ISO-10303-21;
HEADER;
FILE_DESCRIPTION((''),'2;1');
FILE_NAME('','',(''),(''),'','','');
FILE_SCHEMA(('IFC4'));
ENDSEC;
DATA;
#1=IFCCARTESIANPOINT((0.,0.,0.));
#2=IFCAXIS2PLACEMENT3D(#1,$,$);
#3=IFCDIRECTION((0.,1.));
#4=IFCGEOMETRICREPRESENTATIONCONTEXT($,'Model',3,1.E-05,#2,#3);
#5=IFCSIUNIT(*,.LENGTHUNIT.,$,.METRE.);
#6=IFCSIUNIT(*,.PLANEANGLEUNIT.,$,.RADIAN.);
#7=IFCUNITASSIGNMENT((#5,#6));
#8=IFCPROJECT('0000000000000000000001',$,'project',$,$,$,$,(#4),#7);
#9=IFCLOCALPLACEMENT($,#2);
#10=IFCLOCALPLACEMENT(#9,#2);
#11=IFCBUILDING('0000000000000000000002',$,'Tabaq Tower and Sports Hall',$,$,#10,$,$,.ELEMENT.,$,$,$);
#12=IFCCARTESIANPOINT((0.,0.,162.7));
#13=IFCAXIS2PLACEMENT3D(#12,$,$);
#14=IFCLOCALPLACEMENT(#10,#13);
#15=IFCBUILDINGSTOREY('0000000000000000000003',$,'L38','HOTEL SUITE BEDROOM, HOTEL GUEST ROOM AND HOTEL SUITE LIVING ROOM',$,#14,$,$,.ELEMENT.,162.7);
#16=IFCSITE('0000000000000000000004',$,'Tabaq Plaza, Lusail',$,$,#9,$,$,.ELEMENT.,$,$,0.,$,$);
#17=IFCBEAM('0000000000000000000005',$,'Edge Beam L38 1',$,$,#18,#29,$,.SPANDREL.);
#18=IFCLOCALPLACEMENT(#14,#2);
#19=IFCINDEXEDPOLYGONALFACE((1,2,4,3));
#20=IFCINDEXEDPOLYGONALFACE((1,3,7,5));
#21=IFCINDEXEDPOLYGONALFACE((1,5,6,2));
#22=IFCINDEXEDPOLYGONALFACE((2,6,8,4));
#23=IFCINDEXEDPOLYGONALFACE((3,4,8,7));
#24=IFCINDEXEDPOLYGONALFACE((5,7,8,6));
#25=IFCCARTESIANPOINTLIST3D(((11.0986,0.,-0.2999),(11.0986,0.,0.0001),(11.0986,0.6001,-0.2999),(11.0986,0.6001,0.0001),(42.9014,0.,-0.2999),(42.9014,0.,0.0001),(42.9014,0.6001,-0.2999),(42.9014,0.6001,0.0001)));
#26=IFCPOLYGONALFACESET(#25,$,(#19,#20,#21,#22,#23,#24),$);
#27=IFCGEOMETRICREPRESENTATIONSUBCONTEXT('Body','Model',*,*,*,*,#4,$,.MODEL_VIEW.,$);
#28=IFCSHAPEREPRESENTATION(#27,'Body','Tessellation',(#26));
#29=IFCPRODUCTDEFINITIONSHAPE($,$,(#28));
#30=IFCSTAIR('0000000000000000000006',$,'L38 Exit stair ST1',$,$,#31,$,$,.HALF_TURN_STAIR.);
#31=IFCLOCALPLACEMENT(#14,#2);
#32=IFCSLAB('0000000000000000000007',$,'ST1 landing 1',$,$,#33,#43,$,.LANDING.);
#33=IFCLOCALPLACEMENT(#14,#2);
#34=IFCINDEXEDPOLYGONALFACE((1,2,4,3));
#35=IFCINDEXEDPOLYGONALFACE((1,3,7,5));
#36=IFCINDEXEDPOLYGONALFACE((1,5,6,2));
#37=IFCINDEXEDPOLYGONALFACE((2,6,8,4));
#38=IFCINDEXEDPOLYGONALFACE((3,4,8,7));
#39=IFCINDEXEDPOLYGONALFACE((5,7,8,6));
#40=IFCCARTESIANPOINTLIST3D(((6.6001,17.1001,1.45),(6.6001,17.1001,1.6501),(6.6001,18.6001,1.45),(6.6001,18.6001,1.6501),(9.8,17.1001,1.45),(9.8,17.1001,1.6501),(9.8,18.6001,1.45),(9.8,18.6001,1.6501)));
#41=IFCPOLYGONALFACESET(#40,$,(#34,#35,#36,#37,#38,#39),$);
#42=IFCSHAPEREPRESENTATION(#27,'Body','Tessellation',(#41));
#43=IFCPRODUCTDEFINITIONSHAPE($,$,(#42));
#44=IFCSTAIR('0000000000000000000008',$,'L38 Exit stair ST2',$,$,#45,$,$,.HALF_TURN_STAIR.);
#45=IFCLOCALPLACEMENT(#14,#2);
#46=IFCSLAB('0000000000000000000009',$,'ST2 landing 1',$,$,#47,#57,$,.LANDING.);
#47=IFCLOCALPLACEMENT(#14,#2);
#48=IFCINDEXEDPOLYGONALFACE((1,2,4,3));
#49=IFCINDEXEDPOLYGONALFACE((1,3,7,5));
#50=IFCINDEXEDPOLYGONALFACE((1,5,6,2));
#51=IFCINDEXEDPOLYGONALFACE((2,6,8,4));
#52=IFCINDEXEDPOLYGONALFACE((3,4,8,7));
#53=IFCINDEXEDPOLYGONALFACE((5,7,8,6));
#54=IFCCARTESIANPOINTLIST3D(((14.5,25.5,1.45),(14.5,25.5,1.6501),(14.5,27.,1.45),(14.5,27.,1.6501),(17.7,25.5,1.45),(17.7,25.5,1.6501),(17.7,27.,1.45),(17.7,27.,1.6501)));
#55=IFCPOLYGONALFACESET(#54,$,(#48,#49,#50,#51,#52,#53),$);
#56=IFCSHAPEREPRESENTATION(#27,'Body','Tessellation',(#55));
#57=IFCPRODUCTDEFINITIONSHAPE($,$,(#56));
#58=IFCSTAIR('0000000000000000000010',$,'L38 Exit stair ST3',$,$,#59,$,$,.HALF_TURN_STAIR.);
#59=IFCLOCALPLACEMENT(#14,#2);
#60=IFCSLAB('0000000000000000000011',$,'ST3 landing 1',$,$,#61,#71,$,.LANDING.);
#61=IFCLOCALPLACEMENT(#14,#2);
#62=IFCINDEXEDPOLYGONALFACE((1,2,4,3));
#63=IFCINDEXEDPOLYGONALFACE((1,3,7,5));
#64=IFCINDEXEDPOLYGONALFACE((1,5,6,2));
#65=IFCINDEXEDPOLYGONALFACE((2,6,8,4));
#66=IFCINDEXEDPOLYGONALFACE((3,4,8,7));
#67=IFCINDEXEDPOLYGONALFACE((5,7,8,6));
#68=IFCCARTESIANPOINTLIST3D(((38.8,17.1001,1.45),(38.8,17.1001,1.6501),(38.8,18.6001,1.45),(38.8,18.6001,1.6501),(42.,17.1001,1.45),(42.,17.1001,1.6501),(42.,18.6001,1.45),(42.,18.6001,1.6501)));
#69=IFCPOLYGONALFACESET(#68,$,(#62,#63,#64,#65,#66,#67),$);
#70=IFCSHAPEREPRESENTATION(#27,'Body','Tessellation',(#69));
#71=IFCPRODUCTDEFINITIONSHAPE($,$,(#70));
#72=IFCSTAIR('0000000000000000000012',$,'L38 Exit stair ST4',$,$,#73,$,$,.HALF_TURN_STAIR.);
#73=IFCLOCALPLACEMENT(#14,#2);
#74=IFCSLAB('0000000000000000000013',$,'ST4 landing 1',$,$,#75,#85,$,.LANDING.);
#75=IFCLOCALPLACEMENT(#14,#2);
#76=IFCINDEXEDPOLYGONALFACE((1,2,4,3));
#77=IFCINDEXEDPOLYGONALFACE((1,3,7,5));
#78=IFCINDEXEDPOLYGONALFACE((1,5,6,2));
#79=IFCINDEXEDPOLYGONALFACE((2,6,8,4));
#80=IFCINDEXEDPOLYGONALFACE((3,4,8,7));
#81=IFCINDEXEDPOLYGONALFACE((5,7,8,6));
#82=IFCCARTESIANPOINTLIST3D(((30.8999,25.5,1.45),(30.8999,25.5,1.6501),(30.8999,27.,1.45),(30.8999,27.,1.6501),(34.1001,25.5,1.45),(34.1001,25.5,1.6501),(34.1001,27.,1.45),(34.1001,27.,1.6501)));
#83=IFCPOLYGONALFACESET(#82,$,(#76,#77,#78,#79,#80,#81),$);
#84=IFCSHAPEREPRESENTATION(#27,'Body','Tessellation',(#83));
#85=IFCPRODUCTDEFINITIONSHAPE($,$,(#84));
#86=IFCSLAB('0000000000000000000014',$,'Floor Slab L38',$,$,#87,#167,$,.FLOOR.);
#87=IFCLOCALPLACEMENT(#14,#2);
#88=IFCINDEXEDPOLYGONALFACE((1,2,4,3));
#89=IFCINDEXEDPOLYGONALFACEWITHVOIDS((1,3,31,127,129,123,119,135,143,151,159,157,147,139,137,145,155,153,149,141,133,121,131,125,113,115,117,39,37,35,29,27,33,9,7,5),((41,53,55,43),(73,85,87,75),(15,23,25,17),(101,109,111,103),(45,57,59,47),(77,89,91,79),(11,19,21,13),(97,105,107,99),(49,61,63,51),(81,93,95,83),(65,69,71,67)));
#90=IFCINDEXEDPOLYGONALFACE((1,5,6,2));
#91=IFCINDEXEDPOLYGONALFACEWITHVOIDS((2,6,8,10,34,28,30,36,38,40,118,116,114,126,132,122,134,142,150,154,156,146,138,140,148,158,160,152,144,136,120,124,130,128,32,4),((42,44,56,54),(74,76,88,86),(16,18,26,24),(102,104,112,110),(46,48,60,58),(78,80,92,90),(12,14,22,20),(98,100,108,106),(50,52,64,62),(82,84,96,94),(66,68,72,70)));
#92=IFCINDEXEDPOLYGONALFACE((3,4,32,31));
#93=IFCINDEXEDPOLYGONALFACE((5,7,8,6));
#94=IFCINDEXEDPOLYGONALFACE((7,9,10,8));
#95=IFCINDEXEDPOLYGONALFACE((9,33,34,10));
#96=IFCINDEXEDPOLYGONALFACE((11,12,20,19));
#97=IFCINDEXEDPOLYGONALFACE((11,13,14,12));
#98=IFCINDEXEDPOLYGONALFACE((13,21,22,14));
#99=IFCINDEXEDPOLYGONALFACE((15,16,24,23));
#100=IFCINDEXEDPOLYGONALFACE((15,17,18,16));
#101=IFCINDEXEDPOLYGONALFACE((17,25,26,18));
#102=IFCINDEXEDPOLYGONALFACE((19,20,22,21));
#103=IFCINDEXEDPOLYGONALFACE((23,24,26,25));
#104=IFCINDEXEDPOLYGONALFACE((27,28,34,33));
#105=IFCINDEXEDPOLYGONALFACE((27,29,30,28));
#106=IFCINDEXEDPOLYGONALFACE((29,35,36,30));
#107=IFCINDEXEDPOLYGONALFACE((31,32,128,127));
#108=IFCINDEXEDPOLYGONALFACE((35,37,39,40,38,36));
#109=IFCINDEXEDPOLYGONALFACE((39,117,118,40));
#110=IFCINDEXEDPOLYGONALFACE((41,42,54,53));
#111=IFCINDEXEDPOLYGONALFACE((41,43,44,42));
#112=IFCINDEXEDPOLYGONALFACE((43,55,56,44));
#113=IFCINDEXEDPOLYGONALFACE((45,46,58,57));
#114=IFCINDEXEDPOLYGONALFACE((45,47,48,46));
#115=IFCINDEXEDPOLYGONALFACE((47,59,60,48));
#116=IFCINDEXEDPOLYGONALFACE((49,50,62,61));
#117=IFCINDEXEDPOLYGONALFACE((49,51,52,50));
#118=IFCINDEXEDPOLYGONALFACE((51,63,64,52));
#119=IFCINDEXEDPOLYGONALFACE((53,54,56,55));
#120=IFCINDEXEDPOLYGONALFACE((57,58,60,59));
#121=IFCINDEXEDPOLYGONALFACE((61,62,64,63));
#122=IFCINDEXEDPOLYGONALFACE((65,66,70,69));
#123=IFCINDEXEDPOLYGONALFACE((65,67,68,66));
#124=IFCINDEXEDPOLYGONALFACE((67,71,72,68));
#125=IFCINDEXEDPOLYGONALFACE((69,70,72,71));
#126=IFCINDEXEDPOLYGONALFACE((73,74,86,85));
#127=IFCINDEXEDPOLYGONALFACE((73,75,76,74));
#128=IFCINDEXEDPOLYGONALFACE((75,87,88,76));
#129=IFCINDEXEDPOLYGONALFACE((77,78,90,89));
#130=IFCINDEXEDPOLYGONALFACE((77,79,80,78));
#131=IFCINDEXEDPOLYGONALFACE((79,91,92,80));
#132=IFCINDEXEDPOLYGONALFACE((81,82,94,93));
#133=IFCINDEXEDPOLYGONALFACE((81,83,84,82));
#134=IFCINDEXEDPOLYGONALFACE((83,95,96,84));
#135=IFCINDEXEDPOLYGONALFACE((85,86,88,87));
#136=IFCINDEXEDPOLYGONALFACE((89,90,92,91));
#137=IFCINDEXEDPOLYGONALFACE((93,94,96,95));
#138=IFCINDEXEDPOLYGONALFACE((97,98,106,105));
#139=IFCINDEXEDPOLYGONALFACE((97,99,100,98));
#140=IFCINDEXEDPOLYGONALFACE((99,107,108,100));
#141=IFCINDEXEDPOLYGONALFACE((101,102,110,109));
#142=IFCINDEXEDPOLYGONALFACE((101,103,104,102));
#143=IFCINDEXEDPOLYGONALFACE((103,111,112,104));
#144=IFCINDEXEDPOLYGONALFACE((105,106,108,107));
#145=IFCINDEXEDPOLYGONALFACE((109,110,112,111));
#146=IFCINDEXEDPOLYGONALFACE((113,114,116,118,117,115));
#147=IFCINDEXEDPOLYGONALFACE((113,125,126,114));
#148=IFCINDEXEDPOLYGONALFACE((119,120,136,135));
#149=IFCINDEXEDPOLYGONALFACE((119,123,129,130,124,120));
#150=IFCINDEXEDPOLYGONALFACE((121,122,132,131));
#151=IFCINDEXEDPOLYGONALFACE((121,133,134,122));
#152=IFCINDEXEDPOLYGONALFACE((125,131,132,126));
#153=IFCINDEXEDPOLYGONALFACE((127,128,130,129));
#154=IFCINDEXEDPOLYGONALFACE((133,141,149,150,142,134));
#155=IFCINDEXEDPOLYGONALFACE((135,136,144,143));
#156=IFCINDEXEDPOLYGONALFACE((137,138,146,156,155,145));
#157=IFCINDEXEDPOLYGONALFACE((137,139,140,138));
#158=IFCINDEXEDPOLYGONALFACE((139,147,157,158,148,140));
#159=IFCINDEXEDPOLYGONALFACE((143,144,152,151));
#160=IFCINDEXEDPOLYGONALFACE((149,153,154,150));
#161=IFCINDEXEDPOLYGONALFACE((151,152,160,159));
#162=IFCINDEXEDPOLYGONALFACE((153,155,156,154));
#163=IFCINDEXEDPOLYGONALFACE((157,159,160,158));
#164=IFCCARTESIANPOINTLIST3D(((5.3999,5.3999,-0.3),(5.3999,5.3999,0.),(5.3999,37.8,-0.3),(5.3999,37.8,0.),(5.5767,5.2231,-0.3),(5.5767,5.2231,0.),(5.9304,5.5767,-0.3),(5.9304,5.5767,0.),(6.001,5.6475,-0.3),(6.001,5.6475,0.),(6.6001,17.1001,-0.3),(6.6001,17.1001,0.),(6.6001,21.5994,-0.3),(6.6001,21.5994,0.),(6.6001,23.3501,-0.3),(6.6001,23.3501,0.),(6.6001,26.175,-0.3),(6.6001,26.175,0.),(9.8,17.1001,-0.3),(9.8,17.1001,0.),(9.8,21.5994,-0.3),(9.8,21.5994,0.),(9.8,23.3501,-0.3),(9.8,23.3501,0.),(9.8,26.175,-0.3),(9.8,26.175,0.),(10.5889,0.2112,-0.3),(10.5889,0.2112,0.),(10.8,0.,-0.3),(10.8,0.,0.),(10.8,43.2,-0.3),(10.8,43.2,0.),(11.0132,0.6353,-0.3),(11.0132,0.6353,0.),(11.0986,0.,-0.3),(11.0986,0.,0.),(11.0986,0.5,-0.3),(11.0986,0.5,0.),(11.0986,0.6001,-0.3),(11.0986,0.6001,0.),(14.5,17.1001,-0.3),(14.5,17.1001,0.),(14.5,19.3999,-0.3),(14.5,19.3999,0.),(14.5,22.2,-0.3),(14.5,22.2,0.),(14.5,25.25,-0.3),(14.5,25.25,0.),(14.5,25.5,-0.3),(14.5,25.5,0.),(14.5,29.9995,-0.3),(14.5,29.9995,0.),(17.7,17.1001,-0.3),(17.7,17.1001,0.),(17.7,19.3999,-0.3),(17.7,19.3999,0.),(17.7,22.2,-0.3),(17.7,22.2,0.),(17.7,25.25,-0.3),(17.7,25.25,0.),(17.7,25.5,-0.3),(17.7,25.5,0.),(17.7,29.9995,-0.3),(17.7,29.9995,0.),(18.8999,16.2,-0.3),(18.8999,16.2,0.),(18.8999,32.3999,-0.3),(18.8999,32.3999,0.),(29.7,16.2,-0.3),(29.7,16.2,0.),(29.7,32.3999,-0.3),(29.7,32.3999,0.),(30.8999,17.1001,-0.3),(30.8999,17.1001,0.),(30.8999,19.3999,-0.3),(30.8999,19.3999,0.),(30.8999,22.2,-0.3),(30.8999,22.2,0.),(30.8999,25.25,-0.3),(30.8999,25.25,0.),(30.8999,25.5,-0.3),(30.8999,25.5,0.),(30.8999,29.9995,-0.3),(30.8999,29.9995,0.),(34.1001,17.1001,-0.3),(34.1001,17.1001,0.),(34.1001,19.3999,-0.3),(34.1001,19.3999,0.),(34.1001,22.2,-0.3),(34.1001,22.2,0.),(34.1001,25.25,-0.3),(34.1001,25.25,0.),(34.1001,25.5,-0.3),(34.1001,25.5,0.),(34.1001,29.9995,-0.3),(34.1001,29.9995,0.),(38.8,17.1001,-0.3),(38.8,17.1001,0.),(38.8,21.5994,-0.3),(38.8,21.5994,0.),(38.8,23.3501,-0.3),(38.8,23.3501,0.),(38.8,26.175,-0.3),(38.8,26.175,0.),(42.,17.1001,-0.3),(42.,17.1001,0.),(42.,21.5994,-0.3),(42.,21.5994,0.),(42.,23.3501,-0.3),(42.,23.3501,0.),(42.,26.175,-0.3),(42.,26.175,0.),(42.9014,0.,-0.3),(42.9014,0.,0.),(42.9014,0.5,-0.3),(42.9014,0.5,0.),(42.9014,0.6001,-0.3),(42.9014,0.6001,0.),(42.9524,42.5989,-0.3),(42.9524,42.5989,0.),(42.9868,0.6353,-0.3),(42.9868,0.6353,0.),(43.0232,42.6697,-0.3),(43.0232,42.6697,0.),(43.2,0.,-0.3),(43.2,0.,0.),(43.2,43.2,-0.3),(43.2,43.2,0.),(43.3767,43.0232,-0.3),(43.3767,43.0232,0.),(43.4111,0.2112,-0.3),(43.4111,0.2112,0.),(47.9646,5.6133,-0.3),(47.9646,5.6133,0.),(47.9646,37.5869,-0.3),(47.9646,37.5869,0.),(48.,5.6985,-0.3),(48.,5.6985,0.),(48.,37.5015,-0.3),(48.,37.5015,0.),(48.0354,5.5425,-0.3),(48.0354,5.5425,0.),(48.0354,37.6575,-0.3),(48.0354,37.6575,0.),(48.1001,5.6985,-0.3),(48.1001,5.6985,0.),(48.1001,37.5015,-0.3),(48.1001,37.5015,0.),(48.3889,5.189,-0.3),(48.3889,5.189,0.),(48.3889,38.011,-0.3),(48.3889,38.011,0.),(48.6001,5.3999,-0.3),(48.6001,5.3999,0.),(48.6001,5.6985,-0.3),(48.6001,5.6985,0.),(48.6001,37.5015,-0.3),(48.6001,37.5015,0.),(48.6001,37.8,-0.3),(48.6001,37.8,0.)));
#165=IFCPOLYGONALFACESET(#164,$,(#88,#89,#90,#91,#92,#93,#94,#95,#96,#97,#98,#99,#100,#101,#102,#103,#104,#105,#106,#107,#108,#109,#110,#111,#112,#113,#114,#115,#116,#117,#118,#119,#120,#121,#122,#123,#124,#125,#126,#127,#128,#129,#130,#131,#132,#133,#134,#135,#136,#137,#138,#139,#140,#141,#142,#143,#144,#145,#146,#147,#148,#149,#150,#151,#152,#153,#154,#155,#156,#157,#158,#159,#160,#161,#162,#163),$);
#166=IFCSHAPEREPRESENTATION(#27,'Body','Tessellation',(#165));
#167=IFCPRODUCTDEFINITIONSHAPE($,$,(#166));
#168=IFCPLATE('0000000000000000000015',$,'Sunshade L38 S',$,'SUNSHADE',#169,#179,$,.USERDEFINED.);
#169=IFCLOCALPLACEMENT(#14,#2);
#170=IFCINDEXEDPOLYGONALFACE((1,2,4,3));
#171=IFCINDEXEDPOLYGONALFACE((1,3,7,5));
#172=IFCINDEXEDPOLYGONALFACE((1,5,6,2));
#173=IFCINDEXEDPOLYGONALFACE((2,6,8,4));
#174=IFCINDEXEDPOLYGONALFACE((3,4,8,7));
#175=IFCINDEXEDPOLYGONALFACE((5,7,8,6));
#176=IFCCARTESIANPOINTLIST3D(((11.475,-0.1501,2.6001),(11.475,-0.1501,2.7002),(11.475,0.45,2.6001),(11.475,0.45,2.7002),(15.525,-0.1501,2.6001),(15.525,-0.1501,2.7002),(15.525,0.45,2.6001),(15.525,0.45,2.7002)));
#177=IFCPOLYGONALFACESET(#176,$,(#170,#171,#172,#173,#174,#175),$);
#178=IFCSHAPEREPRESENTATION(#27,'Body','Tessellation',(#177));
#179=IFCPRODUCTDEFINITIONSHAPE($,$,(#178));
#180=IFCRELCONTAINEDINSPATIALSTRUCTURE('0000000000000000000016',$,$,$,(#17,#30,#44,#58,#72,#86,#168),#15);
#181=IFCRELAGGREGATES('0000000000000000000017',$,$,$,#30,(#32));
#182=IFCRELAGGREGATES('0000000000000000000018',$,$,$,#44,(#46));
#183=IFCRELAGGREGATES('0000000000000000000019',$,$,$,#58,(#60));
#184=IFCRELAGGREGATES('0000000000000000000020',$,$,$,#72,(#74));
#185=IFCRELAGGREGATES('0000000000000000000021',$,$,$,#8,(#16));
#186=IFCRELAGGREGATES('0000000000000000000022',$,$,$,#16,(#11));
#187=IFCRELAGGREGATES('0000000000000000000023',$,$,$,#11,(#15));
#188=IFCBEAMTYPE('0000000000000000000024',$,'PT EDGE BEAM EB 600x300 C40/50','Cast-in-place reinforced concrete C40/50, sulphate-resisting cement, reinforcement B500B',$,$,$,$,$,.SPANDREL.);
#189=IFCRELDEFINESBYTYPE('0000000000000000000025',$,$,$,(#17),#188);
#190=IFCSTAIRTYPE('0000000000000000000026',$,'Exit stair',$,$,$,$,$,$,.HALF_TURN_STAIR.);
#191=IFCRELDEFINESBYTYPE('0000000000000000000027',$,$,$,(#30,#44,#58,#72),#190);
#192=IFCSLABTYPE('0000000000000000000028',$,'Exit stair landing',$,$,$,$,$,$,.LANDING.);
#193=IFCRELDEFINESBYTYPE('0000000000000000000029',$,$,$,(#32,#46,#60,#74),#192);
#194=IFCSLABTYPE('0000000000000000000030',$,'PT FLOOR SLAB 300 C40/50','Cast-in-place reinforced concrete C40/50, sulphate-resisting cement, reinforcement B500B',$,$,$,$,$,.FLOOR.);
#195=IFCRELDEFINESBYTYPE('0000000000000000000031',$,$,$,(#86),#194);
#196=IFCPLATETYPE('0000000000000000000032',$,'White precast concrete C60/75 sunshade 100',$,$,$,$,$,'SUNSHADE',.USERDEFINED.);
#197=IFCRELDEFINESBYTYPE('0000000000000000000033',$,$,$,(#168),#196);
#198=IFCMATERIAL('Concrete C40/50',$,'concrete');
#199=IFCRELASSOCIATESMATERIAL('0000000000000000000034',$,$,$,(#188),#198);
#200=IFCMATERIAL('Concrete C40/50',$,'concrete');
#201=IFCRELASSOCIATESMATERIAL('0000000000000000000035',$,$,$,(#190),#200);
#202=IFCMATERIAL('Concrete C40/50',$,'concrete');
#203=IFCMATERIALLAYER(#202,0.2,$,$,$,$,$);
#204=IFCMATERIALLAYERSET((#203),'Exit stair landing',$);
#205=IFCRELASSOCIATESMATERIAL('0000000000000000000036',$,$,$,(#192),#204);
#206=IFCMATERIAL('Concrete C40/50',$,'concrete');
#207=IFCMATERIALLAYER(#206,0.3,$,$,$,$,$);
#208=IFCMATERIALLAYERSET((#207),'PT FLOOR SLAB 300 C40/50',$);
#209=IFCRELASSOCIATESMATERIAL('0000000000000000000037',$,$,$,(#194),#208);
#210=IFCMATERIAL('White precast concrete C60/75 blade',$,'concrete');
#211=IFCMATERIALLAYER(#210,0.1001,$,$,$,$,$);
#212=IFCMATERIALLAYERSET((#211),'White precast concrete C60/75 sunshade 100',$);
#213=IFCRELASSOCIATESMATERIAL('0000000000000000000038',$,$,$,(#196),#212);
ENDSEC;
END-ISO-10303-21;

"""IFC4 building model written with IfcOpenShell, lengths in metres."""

from ifc_helpers import new_model, si_unit, direction, frame, origin, origin_2d, place, context, subcontext, project, spatial, polyline, rectangle, outline, extrude, material, layer, layer_set, material_profile, profile_set, type_object, element, aggregate, save


model = new_model("IFC4")

# Units and contexts
model_context = context("Model", 3, precision=1e-05, world=origin(), true_north=direction((0.0, 1.0)))
body_context = subcontext(model_context, "Body", "Model", "MODEL_VIEW")
ifc_project = project(units=[si_unit("LENGTHUNIT", "METRE"), si_unit("PLANEANGLEUNIT", "RADIAN")], contexts=[model_context])

# Site, building, storey
site_placement = place(None, origin())
site = spatial("IfcSite", under=ifc_project, at=site_placement, Name="Tabaq Plaza, Lusail", CompositionType="ELEMENT", RefElevation=0.0)
building_placement = place(site_placement, origin())
building = spatial("IfcBuilding", under=site, at=building_placement, Name="Tabaq Tower and Sports Hall", CompositionType="ELEMENT")
storey_placement = place(building_placement, frame((0.0, 0.0, 162.7)))
storey = spatial("IfcBuildingStorey", under=building, at=storey_placement, Name="L38", Description="HOTEL SUITE BEDROOM, HOTEL GUEST ROOM AND HOTEL SUITE LIVING ROOM", CompositionType="ELEMENT", Elevation=162.7)

# Beam
ifc_material_1 = material(Name="Concrete C40/50", Category="concrete")
ifc_material_profile = material_profile(ifc_material_1, rectangle(XDim=0.6001, YDim=0.3, at=origin_2d()), Name="EB 600x300")
ifc_profile_set = profile_set([ifc_material_profile], Name="Concrete C40/50")
beam_type = type_object("IfcBeamType", Name="PT EDGE BEAM EB 600x300 C40/50", Description="Cast-in-place reinforced concrete C40/50, sulphate-resisting cement, reinforcement B500B", PredefinedType="SPANDREL", material=ifc_profile_set)
beam_placement = place(storey_placement, frame((11.0986, 0.3, -0.1499), z_axis=(1.0, 0.0, 0.0), x_axis=(0.0, 1.0, 0.0)))
element("IfcBeam", 1, at=beam_placement, inside=storey, type_object=beam_type, Name="Edge Beam L38 1", PredefinedType="SPANDREL", context=body_context, shape_type="SweptSolid", body=[
    extrude(rectangle(XDim=0.6001, YDim=0.3, at=origin_2d()), origin(), (0.0, 0.0, 1.0), 31.8027),
])

# Stairs, slabs
ifc_material_2 = material(Name="Concrete C40/50", Category="concrete")
stair_type = type_object("IfcStairType", Name="Exit stair", PredefinedType="HALF_TURN_STAIR", material=ifc_material_2)
stair_1_placement = place(storey_placement, origin())
stair_1 = element("IfcStair", 2, at=stair_1_placement, inside=storey, type_object=stair_type, Name="L38 Exit stair ST1", PredefinedType="HALF_TURN_STAIR")
ifc_material_3 = material(Name="Concrete C40/50", Category="concrete")
ifc_layer_1 = layer(ifc_material_3, 0.2)
ifc_layer_set_1 = layer_set([ifc_layer_1], Name="Exit stair landing")
slab_type_1 = type_object("IfcSlabType", Name="Exit stair landing", PredefinedType="LANDING", material=ifc_layer_set_1)
slab_1_placement = place(storey_placement, frame((0.0, 0.0, 1.45)))
slab_1 = element("IfcSlab", 3, at=slab_1_placement, type_object=slab_type_1, Name="ST1 landing 1", PredefinedType="LANDING", context=body_context, shape_type="SweptSolid", body=[
    extrude(outline(polyline([(6.6001, 18.6001), (6.6001, 17.1001), (9.8, 17.1001), (9.8, 18.6001), (6.6001, 18.6001)])), origin(), (0.0, 0.0, 1.0), 0.2002),
])
aggregate(stair_1, [slab_1])
stair_2_placement = place(storey_placement, origin())
stair_2 = element("IfcStair", 4, at=stair_2_placement, inside=storey, type_object=stair_type, Name="L38 Exit stair ST2", PredefinedType="HALF_TURN_STAIR")
slab_2_placement = place(storey_placement, frame((0.0, 0.0, 1.45)))
slab_2 = element("IfcSlab", 5, at=slab_2_placement, type_object=slab_type_1, Name="ST2 landing 1", PredefinedType="LANDING", context=body_context, shape_type="SweptSolid", body=[
    extrude(outline(polyline([(14.5, 27.0), (14.5, 25.5), (17.7, 25.5), (17.7, 27.0), (14.5, 27.0)])), origin(), (0.0, 0.0, 1.0), 0.2002),
])
aggregate(stair_2, [slab_2])
stair_3_placement = place(storey_placement, origin())
stair_3 = element("IfcStair", 6, at=stair_3_placement, inside=storey, type_object=stair_type, Name="L38 Exit stair ST3", PredefinedType="HALF_TURN_STAIR")
slab_3_placement = place(storey_placement, frame((0.0, 0.0, 1.45)))
slab_3 = element("IfcSlab", 7, at=slab_3_placement, type_object=slab_type_1, Name="ST3 landing 1", PredefinedType="LANDING", context=body_context, shape_type="SweptSolid", body=[
    extrude(outline(polyline([(38.8, 18.6001), (38.8, 17.1001), (42.0, 17.1001), (42.0, 18.6001), (38.8, 18.6001)])), origin(), (0.0, 0.0, 1.0), 0.2002),
])
aggregate(stair_3, [slab_3])
stair_4_placement = place(storey_placement, origin())
stair_4 = element("IfcStair", 8, at=stair_4_placement, inside=storey, type_object=stair_type, Name="L38 Exit stair ST4", PredefinedType="HALF_TURN_STAIR")
slab_4_placement = place(storey_placement, frame((0.0, 0.0, 1.45)))
slab_4 = element("IfcSlab", 9, at=slab_4_placement, type_object=slab_type_1, Name="ST4 landing 1", PredefinedType="LANDING", context=body_context, shape_type="SweptSolid", body=[
    extrude(outline(polyline([(30.8999, 27.0), (30.8999, 25.5), (34.1001, 25.5), (34.1001, 27.0), (30.8999, 27.0)])), origin(), (0.0, 0.0, 1.0), 0.2002),
])
aggregate(stair_4, [slab_4])

# Slab
ifc_material_4 = material(Name="Concrete C40/50", Category="concrete")
ifc_layer_2 = layer(ifc_material_4, 0.3)
ifc_layer_set_2 = layer_set([ifc_layer_2], Name="PT FLOOR SLAB 300 C40/50")
slab_type_2 = type_object("IfcSlabType", Name="PT FLOOR SLAB 300 C40/50", Description="Cast-in-place reinforced concrete C40/50, sulphate-resisting cement, reinforcement B500B", PredefinedType="FLOOR", material=ifc_layer_set_2)
slab_5_placement = place(storey_placement, frame((0.0, 0.0, -0.3)))
element("IfcSlab", 10, at=slab_5_placement, inside=storey, type_object=slab_type_2, Name="Floor Slab L38", PredefinedType="FLOOR", context=body_context, shape_type="SweptSolid", body=[
    extrude(outline(polyline([(5.3999, 37.8), (5.3999, 5.3999), (5.5767, 5.2231), (5.9304, 5.5767), (6.001, 5.6475), (11.0132, 0.6353), (10.5889, 0.2112), (10.8, 0.0), (11.0986, 0.0), (11.0986, 0.5), (11.0986, 0.6001), (42.9014, 0.6001), (42.9014, 0.5), (42.9014, 0.0), (43.2, 0.0), (43.4111, 0.2112), (42.9868, 0.6353), (47.9646, 5.6133), (48.0354, 5.5425), (48.3889, 5.189), (48.6001, 5.3999), (48.6001, 5.6985), (48.1001, 5.6985), (48.0, 5.6985), (48.0, 37.5015), (48.1001, 37.5015), (48.6001, 37.5015), (48.6001, 37.8), (48.3889, 38.011), (48.0354, 37.6575), (47.9646, 37.5869), (42.9524, 42.5989), (43.0232, 42.6697), (43.3767, 43.0232), (43.2, 43.2), (10.8, 43.2), (5.3999, 37.8)]), holes=[polyline([(14.5, 19.3999), (17.7, 19.3999), (17.7, 17.1001), (14.5, 17.1001), (14.5, 19.3999)]), polyline([(6.6001, 21.5994), (9.8, 21.5994), (9.8, 17.1001), (6.6001, 17.1001), (6.6001, 21.5994)]), polyline([(14.5, 25.25), (17.7, 25.25), (17.7, 22.2), (14.5, 22.2), (14.5, 25.25)]), polyline([(18.8999, 32.3999), (29.7, 32.3999), (29.7, 16.2), (18.8999, 16.2), (18.8999, 32.3999)]), polyline([(9.8, 26.175), (9.8, 23.3501), (6.6001, 23.3501), (6.6001, 26.175), (9.8, 26.175)]), polyline([(14.5, 29.9995), (17.7, 29.9995), (17.7, 25.5), (14.5, 25.5), (14.5, 29.9995)]), polyline([(34.1001, 19.3999), (34.1001, 17.1001), (30.8999, 17.1001), (30.8999, 19.3999), (34.1001, 19.3999)]), polyline([(42.0, 21.5994), (42.0, 17.1001), (38.8, 17.1001), (38.8, 21.5994), (42.0, 21.5994)]), polyline([(30.8999, 25.25), (34.1001, 25.25), (34.1001, 22.2), (30.8999, 22.2), (30.8999, 25.25)]), polyline([(42.0, 26.175), (42.0, 23.3501), (38.8, 23.3501), (38.8, 26.175), (42.0, 26.175)]), polyline([(34.1001, 29.9995), (34.1001, 25.5), (30.8999, 25.5), (30.8999, 29.9995), (34.1001, 29.9995)])]), origin(), (0.0, 0.0, 1.0), 0.3),
])

# Plate
ifc_material_5 = material(Name="White precast concrete C60/75 blade", Category="concrete")
ifc_layer_3 = layer(ifc_material_5, 0.1001)
ifc_layer_set_3 = layer_set([ifc_layer_3], Name="White precast concrete C60/75 sunshade 100")
plate_type = type_object("IfcPlateType", Name="White precast concrete C60/75 sunshade 100", ElementType="SUNSHADE", PredefinedType="USERDEFINED", material=ifc_layer_set_3)
plate_placement = place(storey_placement, frame((13.5, 0.1499, 2.6001), z_axis=(0.0, 0.0, 1.0), x_axis=(1.0, 0.0, 0.0)))
element("IfcPlate", 11, at=plate_placement, inside=storey, type_object=plate_type, Name="Sunshade L38 S", ObjectType="SUNSHADE", PredefinedType="USERDEFINED", context=body_context, shape_type="SweptSolid", body=[
    extrude(rectangle(XDim=4.05, YDim=0.6001, at=origin_2d()), origin(), (0.0, 0.0, 1.0), 0.1001),
])

save(model, "model.ifc")
